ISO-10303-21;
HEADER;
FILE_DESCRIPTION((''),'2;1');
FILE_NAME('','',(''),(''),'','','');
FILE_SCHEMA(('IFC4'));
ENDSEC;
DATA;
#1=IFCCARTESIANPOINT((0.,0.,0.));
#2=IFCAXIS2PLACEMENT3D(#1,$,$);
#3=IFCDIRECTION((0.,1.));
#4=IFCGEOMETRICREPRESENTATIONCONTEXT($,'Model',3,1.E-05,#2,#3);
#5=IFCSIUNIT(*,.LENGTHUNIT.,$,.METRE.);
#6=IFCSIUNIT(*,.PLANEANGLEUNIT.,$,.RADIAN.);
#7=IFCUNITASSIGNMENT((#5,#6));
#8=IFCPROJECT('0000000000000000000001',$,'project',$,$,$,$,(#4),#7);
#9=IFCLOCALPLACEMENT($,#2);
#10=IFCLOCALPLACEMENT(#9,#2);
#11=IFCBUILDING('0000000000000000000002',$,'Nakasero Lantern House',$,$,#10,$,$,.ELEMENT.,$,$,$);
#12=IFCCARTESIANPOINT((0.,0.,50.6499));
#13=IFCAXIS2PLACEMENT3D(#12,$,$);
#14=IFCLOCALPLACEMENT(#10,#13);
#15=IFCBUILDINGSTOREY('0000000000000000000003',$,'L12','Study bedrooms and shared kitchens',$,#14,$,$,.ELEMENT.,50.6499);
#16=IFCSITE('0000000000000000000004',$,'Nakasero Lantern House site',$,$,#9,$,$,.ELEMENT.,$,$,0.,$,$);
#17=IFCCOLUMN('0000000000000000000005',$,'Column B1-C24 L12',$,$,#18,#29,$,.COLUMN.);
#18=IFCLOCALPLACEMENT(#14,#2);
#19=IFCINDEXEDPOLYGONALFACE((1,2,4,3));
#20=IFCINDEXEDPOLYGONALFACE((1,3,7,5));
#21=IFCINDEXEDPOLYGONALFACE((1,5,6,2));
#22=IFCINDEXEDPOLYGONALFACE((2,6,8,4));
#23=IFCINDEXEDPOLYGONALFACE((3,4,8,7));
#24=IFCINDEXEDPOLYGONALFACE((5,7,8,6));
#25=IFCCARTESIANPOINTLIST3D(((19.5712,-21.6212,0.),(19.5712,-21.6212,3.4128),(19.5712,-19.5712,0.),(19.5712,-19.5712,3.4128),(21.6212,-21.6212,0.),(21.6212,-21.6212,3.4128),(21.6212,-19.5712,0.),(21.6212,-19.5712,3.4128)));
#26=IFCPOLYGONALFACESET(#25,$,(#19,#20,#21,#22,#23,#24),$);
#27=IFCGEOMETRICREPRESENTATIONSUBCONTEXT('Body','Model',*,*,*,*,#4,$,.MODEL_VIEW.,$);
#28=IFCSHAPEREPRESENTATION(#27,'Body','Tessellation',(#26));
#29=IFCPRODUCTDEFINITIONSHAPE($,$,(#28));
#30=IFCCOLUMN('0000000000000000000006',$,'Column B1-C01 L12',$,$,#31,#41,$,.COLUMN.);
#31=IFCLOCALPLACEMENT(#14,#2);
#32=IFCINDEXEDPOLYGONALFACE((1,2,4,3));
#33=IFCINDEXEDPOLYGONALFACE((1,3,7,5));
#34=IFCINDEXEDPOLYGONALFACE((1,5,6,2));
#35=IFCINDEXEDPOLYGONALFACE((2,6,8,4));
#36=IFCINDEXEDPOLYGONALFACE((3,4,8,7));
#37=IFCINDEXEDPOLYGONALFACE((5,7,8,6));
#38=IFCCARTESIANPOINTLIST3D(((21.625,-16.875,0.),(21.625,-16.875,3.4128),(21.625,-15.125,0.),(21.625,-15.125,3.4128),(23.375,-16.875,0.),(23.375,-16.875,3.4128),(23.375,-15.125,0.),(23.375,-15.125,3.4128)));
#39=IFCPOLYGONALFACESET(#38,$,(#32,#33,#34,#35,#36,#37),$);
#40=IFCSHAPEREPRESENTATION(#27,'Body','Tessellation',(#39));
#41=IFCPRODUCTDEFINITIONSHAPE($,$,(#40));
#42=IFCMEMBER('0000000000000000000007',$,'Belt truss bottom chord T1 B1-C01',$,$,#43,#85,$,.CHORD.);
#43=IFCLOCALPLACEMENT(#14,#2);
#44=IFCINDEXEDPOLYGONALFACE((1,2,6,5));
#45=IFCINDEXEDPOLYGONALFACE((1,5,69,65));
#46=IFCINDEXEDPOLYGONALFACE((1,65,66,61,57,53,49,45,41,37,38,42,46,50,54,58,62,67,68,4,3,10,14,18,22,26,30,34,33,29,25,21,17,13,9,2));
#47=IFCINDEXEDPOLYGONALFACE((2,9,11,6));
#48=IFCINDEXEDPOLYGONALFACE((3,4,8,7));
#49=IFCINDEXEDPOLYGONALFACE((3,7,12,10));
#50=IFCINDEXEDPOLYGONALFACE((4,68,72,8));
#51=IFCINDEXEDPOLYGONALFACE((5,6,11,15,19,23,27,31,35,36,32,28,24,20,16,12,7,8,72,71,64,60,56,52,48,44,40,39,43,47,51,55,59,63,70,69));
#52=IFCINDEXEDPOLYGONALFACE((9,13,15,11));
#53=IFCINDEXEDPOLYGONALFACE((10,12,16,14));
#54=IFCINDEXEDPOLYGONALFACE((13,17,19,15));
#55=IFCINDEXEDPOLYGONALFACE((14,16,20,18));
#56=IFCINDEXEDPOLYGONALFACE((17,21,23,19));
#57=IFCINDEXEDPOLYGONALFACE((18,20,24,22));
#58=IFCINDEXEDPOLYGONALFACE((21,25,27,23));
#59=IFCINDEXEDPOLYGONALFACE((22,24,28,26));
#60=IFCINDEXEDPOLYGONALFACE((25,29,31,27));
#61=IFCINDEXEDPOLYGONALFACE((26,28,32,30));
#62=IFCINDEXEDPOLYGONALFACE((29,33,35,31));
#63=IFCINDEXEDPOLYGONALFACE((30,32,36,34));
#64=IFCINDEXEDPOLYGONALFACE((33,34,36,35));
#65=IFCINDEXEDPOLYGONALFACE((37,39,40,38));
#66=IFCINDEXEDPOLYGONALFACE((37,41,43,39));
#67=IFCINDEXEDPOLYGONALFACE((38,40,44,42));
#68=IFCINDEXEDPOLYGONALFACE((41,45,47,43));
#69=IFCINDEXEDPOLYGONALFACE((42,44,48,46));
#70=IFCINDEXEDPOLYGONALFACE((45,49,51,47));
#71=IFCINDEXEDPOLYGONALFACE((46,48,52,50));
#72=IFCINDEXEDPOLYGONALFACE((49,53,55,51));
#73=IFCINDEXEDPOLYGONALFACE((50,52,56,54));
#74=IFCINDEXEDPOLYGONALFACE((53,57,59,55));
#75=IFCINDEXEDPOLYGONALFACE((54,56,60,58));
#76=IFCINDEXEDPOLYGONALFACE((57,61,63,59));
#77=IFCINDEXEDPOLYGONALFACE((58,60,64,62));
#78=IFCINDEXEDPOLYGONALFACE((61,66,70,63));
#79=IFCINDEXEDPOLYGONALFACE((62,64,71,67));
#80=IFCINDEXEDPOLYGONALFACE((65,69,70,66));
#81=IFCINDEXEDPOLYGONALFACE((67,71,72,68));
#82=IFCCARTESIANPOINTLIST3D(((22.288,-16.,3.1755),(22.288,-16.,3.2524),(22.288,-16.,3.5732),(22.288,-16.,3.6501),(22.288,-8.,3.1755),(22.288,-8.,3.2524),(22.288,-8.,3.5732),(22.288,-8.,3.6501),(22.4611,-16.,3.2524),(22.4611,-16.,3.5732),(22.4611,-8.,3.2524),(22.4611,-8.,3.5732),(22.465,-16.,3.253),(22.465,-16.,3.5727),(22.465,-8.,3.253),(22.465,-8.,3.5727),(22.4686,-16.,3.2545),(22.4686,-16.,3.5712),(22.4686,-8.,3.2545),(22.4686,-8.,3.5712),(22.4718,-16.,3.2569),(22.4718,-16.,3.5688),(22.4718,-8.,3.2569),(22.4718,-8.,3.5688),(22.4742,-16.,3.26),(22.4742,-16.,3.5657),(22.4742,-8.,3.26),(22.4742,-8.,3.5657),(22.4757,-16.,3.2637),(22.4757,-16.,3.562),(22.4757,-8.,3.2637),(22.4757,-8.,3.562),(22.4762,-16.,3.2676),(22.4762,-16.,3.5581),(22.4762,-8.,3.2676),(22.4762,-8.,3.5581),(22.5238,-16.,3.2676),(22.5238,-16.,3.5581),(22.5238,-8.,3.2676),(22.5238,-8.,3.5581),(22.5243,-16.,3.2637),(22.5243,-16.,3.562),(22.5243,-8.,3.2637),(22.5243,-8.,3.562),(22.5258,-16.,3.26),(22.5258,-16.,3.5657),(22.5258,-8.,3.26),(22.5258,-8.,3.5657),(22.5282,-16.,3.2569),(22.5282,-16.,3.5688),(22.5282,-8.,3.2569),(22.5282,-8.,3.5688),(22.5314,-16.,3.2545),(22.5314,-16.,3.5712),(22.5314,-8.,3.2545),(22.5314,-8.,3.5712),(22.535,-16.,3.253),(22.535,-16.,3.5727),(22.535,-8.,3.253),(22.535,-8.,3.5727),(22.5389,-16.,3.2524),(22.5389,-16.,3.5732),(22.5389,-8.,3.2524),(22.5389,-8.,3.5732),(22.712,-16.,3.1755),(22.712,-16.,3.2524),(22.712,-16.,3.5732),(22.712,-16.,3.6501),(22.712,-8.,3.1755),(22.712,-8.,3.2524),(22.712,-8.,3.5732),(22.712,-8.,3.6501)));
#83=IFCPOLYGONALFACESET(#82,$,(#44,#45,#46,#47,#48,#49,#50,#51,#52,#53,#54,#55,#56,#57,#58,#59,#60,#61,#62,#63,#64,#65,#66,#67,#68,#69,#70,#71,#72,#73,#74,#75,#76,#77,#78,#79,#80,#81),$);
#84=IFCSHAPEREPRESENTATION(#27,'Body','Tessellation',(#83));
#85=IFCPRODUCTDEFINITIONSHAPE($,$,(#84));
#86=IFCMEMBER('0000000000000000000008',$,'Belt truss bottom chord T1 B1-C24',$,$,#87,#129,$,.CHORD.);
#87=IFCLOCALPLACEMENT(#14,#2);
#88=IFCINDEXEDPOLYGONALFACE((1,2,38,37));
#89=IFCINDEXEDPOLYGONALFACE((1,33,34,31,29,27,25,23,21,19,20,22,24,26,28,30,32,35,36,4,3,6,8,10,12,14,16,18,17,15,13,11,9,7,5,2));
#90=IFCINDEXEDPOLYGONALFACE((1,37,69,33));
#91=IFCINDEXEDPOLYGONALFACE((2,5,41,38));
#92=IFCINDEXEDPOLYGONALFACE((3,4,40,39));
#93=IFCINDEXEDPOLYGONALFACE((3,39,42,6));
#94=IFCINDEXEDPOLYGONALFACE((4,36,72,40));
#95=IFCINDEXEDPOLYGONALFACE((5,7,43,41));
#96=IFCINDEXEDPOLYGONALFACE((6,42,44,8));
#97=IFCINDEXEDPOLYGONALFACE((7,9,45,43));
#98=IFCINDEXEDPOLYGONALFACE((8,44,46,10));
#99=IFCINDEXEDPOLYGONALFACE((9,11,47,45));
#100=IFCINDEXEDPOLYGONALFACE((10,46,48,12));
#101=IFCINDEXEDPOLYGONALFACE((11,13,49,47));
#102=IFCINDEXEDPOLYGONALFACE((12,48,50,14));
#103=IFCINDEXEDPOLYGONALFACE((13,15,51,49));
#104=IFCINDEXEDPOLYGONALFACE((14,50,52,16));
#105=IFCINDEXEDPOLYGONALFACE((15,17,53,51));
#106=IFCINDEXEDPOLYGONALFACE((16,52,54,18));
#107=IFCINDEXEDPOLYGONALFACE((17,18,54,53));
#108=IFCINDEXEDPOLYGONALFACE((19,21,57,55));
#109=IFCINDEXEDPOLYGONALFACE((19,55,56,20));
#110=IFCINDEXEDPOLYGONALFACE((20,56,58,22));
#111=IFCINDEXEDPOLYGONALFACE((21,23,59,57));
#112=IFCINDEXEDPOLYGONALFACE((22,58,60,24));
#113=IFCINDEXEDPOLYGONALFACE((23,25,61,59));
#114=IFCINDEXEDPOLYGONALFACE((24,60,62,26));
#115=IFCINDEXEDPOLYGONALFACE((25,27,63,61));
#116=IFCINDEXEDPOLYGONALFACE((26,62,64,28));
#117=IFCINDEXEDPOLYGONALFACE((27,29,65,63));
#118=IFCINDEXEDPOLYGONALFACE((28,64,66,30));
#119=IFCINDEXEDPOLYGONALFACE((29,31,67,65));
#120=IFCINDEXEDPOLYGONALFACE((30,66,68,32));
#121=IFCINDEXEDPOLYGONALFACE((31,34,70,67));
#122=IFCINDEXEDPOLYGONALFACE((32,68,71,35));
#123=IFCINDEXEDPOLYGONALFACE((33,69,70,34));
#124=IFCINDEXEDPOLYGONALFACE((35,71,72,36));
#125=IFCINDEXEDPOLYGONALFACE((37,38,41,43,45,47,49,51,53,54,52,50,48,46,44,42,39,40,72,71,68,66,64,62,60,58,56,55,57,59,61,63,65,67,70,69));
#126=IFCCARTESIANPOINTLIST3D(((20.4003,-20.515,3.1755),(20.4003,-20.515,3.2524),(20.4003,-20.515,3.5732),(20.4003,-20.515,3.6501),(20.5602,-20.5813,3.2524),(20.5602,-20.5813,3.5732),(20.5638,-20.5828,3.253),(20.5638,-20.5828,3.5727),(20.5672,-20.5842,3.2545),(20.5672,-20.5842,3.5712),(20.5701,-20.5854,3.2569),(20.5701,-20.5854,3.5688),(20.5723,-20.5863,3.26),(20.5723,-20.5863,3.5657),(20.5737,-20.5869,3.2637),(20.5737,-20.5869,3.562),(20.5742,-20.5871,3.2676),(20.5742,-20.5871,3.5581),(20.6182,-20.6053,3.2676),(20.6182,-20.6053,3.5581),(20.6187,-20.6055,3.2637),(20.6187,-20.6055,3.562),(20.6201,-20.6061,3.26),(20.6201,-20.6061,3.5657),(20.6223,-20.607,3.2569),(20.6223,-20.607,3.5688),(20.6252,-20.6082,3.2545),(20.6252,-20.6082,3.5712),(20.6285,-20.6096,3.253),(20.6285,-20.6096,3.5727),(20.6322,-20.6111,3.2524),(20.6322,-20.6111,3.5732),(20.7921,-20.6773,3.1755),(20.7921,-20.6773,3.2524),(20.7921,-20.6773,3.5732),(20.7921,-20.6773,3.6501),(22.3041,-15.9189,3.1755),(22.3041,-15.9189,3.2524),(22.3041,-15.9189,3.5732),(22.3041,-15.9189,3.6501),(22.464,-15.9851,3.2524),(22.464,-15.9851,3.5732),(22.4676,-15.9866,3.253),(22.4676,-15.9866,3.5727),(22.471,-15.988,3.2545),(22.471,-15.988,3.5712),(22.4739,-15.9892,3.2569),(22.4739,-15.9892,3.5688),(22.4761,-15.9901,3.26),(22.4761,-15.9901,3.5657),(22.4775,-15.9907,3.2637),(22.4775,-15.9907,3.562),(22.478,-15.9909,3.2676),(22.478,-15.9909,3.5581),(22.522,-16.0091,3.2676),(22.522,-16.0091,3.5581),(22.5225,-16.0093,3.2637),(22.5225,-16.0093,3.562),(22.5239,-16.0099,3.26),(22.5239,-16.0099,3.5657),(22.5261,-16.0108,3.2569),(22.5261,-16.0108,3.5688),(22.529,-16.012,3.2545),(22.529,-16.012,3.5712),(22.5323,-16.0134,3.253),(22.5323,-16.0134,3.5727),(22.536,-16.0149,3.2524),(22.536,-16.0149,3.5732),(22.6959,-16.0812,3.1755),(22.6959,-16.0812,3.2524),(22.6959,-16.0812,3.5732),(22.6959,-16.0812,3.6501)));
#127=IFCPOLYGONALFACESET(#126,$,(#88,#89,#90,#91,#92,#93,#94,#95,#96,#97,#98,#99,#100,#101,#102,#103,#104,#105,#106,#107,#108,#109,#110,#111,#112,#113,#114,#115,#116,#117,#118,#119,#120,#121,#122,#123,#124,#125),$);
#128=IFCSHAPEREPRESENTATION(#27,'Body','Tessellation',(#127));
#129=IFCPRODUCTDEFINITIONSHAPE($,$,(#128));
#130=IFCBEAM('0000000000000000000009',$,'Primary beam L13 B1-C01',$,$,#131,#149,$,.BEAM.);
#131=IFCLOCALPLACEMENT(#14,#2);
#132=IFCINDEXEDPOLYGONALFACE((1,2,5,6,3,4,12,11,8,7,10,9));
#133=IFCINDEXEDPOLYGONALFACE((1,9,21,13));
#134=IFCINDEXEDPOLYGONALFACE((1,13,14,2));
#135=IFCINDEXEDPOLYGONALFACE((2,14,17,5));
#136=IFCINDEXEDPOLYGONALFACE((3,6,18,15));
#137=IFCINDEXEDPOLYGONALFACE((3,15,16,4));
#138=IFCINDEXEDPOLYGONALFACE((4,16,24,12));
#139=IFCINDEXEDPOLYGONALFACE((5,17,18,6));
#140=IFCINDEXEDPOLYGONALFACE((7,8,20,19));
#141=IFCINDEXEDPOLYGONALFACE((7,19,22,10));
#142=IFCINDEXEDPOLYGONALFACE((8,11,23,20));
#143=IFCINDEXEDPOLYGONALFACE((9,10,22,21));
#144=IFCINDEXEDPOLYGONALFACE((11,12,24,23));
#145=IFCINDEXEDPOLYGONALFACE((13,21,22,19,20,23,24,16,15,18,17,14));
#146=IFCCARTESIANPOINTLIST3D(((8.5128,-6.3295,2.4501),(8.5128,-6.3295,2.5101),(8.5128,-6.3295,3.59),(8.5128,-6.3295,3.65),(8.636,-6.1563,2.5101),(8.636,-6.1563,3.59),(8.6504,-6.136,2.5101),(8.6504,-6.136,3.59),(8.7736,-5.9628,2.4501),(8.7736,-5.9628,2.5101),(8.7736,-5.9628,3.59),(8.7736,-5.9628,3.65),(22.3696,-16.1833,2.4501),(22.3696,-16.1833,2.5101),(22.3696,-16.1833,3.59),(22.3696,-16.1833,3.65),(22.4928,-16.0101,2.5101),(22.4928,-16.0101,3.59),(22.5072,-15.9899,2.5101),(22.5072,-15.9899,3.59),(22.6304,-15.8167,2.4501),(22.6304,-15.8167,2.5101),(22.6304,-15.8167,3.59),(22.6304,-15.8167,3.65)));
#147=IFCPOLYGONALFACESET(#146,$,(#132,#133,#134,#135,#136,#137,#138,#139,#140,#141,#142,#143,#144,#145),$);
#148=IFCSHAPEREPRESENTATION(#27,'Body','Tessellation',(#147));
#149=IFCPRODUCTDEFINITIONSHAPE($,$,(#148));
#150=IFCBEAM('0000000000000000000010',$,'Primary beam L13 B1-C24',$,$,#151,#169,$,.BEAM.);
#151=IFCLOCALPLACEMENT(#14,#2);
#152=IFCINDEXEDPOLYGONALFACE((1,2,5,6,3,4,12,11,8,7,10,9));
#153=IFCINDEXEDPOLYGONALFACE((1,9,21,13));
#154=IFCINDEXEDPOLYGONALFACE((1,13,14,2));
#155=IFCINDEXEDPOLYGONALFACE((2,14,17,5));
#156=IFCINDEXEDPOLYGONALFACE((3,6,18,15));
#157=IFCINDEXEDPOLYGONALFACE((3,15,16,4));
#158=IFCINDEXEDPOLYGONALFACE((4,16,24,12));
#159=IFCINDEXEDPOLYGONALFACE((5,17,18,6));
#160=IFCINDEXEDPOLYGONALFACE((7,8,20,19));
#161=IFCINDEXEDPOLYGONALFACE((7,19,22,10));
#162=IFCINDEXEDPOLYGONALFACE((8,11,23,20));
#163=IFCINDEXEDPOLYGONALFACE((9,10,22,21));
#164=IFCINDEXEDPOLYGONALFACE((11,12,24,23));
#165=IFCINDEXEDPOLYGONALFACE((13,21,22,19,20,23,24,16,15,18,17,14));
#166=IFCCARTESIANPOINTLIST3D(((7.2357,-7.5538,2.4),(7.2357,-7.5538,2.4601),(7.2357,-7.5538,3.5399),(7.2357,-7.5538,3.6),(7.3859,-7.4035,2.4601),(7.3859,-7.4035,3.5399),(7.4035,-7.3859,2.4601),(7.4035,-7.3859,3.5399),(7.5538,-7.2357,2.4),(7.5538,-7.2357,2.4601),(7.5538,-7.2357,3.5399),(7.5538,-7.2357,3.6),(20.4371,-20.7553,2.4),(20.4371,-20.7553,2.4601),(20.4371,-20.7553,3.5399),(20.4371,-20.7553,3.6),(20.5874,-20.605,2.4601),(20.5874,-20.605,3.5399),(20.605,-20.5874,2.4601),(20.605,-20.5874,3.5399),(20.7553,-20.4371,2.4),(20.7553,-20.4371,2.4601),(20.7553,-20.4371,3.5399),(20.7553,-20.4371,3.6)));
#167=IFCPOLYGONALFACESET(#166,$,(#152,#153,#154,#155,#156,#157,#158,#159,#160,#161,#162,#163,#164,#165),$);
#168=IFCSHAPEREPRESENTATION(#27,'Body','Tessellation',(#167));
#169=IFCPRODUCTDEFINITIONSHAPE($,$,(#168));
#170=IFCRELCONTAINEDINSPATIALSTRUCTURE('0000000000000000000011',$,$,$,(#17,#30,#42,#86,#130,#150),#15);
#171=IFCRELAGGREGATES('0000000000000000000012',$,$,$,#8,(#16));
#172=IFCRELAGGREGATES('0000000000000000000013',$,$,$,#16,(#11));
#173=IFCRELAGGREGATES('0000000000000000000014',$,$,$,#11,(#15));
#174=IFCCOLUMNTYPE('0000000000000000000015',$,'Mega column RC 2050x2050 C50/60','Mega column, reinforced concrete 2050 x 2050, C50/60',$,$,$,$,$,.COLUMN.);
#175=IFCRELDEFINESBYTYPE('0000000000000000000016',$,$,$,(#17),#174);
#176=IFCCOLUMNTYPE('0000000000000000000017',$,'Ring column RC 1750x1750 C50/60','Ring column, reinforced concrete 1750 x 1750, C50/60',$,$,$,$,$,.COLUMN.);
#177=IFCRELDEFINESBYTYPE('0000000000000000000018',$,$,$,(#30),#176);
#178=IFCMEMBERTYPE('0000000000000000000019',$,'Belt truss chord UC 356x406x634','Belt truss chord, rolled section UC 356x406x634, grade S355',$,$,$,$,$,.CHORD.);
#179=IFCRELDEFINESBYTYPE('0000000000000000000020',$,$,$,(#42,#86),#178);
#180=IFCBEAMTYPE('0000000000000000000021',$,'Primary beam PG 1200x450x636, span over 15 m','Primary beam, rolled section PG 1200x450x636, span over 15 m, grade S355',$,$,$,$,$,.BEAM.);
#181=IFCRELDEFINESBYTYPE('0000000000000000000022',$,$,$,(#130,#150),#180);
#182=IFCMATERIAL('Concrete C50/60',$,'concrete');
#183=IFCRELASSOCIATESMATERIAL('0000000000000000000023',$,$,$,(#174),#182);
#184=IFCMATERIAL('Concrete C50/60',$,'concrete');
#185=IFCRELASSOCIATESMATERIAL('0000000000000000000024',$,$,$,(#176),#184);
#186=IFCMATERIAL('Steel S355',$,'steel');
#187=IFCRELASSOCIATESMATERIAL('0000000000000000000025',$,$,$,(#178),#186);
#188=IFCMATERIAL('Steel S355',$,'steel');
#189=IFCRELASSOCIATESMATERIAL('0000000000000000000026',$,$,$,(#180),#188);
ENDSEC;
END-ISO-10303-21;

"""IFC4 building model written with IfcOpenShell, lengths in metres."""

from ifc_helpers import new_model, si_unit, direction, frame, origin, origin_2d, place, context, subcontext, project, spatial, rectangle, i_section, extrude, material, material_profile, profile_set, type_object, element, save


model = new_model("IFC4")

# Units and contexts
model_context = context("Model", 3, precision=1e-05, world=origin(), true_north=direction((0.0, 1.0)))
body_context = subcontext(model_context, "Body", "Model", "MODEL_VIEW")
ifc_project = project(units=[si_unit("LENGTHUNIT", "METRE"), si_unit("PLANEANGLEUNIT", "RADIAN")], contexts=[model_context])

# Site, building, storey
site_placement = place(None, origin())
site = spatial("IfcSite", under=ifc_project, at=site_placement, Name="Nakasero Lantern House site", CompositionType="ELEMENT", RefElevation=0.0)
building_placement = place(site_placement, origin())
building = spatial("IfcBuilding", under=site, at=building_placement, Name="Nakasero Lantern House", CompositionType="ELEMENT")
storey_placement = place(building_placement, frame((0.0, 0.0, 50.6499)))
storey = spatial("IfcBuildingStorey", under=building, at=storey_placement, Name="L12", Description="Study bedrooms and shared kitchens", CompositionType="ELEMENT", Elevation=50.6499)

# Columns
ifc_material_1 = material(Name="Concrete C50/60", Category="concrete")
ifc_material_profile_1 = material_profile(ifc_material_1, rectangle(XDim=2.05, YDim=2.05, at=origin_2d()), Name="RC 2050x2050")
ifc_profile_set_1 = profile_set([ifc_material_profile_1], Name="Concrete C50/60")
column_type_1 = type_object("IfcColumnType", Name="Mega column RC 2050x2050 C50/60", Description="Mega column, reinforced concrete 2050 x 2050, C50/60", PredefinedType="COLUMN", material=ifc_profile_set_1)
column_1_placement = place(storey_placement, frame((20.5962, -20.5962, 0.0), z_axis=(0.0, 0.0, 1.0), x_axis=(1.0, 0.0, 0.0)))
element("IfcColumn", 1, at=column_1_placement, inside=storey, type_object=column_type_1, Name="Column B1-C24 L12", PredefinedType="COLUMN", context=body_context, shape_type="SweptSolid", body=[
    extrude(rectangle(XDim=2.05, YDim=2.05, at=origin_2d()), origin(), (0.0, 0.0, 1.0), 3.4128),
])
ifc_material_2 = material(Name="Concrete C50/60", Category="concrete")
ifc_material_profile_2 = material_profile(ifc_material_2, rectangle(XDim=1.75, YDim=1.75, at=origin_2d()), Name="RC 1750x1750")
ifc_profile_set_2 = profile_set([ifc_material_profile_2], Name="Concrete C50/60")
column_type_2 = type_object("IfcColumnType", Name="Ring column RC 1750x1750 C50/60", Description="Ring column, reinforced concrete 1750 x 1750, C50/60", PredefinedType="COLUMN", material=ifc_profile_set_2)
column_2_placement = place(storey_placement, frame((22.5, -16.0, 0.0), z_axis=(0.0, 0.0, 1.0), x_axis=(1.0, 0.0, 0.0)))
element("IfcColumn", 2, at=column_2_placement, inside=storey, type_object=column_type_2, Name="Column B1-C01 L12", PredefinedType="COLUMN", context=body_context, shape_type="SweptSolid", body=[
    extrude(rectangle(XDim=1.75, YDim=1.75, at=origin_2d()), origin(), (0.0, 0.0, 1.0), 3.4128),
])

# Members
ifc_material_3 = material(Name="Steel S355", Category="steel")
ifc_material_profile_3 = material_profile(ifc_material_3, i_section(OverallWidth=0.4241, OverallDepth=0.4746, WebThickness=0.0476, FlangeThickness=0.0769, FilletRadius=0.0151, at=origin_2d()), Name="UC 356x406x634")
ifc_profile_set_3 = profile_set([ifc_material_profile_3], Name="Steel S355")
member_type = type_object("IfcMemberType", Name="Belt truss chord UC 356x406x634", Description="Belt truss chord, rolled section UC 356x406x634, grade S355", PredefinedType="CHORD", material=ifc_profile_set_3)
member_1_placement = place(storey_placement, frame((22.5, -16.0, 3.4128), z_axis=(0.0, 1.0, 0.0), x_axis=(-1.0, 0.0, 0.0)))
element("IfcMember", 3, at=member_1_placement, inside=storey, type_object=member_type, Name="Belt truss bottom chord T1 B1-C01", PredefinedType="CHORD", context=body_context, shape_type="SweptSolid", body=[
    extrude(i_section(OverallWidth=0.4241, OverallDepth=0.4746, WebThickness=0.0476, FlangeThickness=0.0769, FilletRadius=0.0151, at=origin_2d()), origin(), (0.0, 0.0, 1.0), 8.0),
])
member_2_placement = place(storey_placement, frame((20.5962, -20.5962, 3.4128), z_axis=(0.382684, 0.923879, 0.0), x_axis=(-0.923879, 0.382684, 0.0)))
element("IfcMember", 4, at=member_2_placement, inside=storey, type_object=member_type, Name="Belt truss bottom chord T1 B1-C24", PredefinedType="CHORD", context=body_context, shape_type="SweptSolid", body=[
    extrude(i_section(OverallWidth=0.4241, OverallDepth=0.4746, WebThickness=0.0476, FlangeThickness=0.0769, FilletRadius=0.0151, at=origin_2d()), origin(), (0.0, 0.0, 1.0), 4.9749),
])

# Beams
ifc_material_4 = material(Name="Steel S355", Category="steel")
ifc_material_profile_4 = material_profile(ifc_material_4, i_section(OverallWidth=0.45, OverallDepth=1.2, WebThickness=0.0249, FlangeThickness=0.0601, at=origin_2d()), Name="PG 1200x450x636")
ifc_profile_set_4 = profile_set([ifc_material_profile_4], Name="Steel S355")
beam_type = type_object("IfcBeamType", Name="Primary beam PG 1200x450x636, span over 15 m", Description="Primary beam, rolled section PG 1200x450x636, span over 15 m, grade S355", PredefinedType="BEAM", material=ifc_profile_set_4)
beam_1_placement = place(storey_placement, frame((22.5, -16.0, 3.05), z_axis=(-0.814952, 0.579528, 0.0), x_axis=(-0.579528, -0.814952, 0.0)))
element("IfcBeam", 5, at=beam_1_placement, inside=storey, type_object=beam_type, Name="Primary beam L13 B1-C01", PredefinedType="BEAM", context=body_context, shape_type="SweptSolid", body=[
    extrude(i_section(OverallWidth=0.45, OverallDepth=1.2, WebThickness=0.0249, FlangeThickness=0.0601, at=origin_2d()), origin(), (0.0, 0.0, 1.0), 17.0032),
])
beam_2_placement = place(storey_placement, frame((20.5962, -20.5962, 3.0), z_axis=(-0.707107, 0.707107, 0.0), x_axis=(-0.707107, -0.707107, 0.0)))
element("IfcBeam", 6, at=beam_2_placement, inside=storey, type_object=beam_type, Name="Primary beam L13 B1-C24", PredefinedType="BEAM", context=body_context, shape_type="SweptSolid", body=[
    extrude(i_section(OverallWidth=0.45, OverallDepth=1.2, WebThickness=0.0249, FlangeThickness=0.0601, at=origin_2d()), origin(), (0.0, 0.0, 1.0), 18.6697),
])

save(model, "model.ifc")
